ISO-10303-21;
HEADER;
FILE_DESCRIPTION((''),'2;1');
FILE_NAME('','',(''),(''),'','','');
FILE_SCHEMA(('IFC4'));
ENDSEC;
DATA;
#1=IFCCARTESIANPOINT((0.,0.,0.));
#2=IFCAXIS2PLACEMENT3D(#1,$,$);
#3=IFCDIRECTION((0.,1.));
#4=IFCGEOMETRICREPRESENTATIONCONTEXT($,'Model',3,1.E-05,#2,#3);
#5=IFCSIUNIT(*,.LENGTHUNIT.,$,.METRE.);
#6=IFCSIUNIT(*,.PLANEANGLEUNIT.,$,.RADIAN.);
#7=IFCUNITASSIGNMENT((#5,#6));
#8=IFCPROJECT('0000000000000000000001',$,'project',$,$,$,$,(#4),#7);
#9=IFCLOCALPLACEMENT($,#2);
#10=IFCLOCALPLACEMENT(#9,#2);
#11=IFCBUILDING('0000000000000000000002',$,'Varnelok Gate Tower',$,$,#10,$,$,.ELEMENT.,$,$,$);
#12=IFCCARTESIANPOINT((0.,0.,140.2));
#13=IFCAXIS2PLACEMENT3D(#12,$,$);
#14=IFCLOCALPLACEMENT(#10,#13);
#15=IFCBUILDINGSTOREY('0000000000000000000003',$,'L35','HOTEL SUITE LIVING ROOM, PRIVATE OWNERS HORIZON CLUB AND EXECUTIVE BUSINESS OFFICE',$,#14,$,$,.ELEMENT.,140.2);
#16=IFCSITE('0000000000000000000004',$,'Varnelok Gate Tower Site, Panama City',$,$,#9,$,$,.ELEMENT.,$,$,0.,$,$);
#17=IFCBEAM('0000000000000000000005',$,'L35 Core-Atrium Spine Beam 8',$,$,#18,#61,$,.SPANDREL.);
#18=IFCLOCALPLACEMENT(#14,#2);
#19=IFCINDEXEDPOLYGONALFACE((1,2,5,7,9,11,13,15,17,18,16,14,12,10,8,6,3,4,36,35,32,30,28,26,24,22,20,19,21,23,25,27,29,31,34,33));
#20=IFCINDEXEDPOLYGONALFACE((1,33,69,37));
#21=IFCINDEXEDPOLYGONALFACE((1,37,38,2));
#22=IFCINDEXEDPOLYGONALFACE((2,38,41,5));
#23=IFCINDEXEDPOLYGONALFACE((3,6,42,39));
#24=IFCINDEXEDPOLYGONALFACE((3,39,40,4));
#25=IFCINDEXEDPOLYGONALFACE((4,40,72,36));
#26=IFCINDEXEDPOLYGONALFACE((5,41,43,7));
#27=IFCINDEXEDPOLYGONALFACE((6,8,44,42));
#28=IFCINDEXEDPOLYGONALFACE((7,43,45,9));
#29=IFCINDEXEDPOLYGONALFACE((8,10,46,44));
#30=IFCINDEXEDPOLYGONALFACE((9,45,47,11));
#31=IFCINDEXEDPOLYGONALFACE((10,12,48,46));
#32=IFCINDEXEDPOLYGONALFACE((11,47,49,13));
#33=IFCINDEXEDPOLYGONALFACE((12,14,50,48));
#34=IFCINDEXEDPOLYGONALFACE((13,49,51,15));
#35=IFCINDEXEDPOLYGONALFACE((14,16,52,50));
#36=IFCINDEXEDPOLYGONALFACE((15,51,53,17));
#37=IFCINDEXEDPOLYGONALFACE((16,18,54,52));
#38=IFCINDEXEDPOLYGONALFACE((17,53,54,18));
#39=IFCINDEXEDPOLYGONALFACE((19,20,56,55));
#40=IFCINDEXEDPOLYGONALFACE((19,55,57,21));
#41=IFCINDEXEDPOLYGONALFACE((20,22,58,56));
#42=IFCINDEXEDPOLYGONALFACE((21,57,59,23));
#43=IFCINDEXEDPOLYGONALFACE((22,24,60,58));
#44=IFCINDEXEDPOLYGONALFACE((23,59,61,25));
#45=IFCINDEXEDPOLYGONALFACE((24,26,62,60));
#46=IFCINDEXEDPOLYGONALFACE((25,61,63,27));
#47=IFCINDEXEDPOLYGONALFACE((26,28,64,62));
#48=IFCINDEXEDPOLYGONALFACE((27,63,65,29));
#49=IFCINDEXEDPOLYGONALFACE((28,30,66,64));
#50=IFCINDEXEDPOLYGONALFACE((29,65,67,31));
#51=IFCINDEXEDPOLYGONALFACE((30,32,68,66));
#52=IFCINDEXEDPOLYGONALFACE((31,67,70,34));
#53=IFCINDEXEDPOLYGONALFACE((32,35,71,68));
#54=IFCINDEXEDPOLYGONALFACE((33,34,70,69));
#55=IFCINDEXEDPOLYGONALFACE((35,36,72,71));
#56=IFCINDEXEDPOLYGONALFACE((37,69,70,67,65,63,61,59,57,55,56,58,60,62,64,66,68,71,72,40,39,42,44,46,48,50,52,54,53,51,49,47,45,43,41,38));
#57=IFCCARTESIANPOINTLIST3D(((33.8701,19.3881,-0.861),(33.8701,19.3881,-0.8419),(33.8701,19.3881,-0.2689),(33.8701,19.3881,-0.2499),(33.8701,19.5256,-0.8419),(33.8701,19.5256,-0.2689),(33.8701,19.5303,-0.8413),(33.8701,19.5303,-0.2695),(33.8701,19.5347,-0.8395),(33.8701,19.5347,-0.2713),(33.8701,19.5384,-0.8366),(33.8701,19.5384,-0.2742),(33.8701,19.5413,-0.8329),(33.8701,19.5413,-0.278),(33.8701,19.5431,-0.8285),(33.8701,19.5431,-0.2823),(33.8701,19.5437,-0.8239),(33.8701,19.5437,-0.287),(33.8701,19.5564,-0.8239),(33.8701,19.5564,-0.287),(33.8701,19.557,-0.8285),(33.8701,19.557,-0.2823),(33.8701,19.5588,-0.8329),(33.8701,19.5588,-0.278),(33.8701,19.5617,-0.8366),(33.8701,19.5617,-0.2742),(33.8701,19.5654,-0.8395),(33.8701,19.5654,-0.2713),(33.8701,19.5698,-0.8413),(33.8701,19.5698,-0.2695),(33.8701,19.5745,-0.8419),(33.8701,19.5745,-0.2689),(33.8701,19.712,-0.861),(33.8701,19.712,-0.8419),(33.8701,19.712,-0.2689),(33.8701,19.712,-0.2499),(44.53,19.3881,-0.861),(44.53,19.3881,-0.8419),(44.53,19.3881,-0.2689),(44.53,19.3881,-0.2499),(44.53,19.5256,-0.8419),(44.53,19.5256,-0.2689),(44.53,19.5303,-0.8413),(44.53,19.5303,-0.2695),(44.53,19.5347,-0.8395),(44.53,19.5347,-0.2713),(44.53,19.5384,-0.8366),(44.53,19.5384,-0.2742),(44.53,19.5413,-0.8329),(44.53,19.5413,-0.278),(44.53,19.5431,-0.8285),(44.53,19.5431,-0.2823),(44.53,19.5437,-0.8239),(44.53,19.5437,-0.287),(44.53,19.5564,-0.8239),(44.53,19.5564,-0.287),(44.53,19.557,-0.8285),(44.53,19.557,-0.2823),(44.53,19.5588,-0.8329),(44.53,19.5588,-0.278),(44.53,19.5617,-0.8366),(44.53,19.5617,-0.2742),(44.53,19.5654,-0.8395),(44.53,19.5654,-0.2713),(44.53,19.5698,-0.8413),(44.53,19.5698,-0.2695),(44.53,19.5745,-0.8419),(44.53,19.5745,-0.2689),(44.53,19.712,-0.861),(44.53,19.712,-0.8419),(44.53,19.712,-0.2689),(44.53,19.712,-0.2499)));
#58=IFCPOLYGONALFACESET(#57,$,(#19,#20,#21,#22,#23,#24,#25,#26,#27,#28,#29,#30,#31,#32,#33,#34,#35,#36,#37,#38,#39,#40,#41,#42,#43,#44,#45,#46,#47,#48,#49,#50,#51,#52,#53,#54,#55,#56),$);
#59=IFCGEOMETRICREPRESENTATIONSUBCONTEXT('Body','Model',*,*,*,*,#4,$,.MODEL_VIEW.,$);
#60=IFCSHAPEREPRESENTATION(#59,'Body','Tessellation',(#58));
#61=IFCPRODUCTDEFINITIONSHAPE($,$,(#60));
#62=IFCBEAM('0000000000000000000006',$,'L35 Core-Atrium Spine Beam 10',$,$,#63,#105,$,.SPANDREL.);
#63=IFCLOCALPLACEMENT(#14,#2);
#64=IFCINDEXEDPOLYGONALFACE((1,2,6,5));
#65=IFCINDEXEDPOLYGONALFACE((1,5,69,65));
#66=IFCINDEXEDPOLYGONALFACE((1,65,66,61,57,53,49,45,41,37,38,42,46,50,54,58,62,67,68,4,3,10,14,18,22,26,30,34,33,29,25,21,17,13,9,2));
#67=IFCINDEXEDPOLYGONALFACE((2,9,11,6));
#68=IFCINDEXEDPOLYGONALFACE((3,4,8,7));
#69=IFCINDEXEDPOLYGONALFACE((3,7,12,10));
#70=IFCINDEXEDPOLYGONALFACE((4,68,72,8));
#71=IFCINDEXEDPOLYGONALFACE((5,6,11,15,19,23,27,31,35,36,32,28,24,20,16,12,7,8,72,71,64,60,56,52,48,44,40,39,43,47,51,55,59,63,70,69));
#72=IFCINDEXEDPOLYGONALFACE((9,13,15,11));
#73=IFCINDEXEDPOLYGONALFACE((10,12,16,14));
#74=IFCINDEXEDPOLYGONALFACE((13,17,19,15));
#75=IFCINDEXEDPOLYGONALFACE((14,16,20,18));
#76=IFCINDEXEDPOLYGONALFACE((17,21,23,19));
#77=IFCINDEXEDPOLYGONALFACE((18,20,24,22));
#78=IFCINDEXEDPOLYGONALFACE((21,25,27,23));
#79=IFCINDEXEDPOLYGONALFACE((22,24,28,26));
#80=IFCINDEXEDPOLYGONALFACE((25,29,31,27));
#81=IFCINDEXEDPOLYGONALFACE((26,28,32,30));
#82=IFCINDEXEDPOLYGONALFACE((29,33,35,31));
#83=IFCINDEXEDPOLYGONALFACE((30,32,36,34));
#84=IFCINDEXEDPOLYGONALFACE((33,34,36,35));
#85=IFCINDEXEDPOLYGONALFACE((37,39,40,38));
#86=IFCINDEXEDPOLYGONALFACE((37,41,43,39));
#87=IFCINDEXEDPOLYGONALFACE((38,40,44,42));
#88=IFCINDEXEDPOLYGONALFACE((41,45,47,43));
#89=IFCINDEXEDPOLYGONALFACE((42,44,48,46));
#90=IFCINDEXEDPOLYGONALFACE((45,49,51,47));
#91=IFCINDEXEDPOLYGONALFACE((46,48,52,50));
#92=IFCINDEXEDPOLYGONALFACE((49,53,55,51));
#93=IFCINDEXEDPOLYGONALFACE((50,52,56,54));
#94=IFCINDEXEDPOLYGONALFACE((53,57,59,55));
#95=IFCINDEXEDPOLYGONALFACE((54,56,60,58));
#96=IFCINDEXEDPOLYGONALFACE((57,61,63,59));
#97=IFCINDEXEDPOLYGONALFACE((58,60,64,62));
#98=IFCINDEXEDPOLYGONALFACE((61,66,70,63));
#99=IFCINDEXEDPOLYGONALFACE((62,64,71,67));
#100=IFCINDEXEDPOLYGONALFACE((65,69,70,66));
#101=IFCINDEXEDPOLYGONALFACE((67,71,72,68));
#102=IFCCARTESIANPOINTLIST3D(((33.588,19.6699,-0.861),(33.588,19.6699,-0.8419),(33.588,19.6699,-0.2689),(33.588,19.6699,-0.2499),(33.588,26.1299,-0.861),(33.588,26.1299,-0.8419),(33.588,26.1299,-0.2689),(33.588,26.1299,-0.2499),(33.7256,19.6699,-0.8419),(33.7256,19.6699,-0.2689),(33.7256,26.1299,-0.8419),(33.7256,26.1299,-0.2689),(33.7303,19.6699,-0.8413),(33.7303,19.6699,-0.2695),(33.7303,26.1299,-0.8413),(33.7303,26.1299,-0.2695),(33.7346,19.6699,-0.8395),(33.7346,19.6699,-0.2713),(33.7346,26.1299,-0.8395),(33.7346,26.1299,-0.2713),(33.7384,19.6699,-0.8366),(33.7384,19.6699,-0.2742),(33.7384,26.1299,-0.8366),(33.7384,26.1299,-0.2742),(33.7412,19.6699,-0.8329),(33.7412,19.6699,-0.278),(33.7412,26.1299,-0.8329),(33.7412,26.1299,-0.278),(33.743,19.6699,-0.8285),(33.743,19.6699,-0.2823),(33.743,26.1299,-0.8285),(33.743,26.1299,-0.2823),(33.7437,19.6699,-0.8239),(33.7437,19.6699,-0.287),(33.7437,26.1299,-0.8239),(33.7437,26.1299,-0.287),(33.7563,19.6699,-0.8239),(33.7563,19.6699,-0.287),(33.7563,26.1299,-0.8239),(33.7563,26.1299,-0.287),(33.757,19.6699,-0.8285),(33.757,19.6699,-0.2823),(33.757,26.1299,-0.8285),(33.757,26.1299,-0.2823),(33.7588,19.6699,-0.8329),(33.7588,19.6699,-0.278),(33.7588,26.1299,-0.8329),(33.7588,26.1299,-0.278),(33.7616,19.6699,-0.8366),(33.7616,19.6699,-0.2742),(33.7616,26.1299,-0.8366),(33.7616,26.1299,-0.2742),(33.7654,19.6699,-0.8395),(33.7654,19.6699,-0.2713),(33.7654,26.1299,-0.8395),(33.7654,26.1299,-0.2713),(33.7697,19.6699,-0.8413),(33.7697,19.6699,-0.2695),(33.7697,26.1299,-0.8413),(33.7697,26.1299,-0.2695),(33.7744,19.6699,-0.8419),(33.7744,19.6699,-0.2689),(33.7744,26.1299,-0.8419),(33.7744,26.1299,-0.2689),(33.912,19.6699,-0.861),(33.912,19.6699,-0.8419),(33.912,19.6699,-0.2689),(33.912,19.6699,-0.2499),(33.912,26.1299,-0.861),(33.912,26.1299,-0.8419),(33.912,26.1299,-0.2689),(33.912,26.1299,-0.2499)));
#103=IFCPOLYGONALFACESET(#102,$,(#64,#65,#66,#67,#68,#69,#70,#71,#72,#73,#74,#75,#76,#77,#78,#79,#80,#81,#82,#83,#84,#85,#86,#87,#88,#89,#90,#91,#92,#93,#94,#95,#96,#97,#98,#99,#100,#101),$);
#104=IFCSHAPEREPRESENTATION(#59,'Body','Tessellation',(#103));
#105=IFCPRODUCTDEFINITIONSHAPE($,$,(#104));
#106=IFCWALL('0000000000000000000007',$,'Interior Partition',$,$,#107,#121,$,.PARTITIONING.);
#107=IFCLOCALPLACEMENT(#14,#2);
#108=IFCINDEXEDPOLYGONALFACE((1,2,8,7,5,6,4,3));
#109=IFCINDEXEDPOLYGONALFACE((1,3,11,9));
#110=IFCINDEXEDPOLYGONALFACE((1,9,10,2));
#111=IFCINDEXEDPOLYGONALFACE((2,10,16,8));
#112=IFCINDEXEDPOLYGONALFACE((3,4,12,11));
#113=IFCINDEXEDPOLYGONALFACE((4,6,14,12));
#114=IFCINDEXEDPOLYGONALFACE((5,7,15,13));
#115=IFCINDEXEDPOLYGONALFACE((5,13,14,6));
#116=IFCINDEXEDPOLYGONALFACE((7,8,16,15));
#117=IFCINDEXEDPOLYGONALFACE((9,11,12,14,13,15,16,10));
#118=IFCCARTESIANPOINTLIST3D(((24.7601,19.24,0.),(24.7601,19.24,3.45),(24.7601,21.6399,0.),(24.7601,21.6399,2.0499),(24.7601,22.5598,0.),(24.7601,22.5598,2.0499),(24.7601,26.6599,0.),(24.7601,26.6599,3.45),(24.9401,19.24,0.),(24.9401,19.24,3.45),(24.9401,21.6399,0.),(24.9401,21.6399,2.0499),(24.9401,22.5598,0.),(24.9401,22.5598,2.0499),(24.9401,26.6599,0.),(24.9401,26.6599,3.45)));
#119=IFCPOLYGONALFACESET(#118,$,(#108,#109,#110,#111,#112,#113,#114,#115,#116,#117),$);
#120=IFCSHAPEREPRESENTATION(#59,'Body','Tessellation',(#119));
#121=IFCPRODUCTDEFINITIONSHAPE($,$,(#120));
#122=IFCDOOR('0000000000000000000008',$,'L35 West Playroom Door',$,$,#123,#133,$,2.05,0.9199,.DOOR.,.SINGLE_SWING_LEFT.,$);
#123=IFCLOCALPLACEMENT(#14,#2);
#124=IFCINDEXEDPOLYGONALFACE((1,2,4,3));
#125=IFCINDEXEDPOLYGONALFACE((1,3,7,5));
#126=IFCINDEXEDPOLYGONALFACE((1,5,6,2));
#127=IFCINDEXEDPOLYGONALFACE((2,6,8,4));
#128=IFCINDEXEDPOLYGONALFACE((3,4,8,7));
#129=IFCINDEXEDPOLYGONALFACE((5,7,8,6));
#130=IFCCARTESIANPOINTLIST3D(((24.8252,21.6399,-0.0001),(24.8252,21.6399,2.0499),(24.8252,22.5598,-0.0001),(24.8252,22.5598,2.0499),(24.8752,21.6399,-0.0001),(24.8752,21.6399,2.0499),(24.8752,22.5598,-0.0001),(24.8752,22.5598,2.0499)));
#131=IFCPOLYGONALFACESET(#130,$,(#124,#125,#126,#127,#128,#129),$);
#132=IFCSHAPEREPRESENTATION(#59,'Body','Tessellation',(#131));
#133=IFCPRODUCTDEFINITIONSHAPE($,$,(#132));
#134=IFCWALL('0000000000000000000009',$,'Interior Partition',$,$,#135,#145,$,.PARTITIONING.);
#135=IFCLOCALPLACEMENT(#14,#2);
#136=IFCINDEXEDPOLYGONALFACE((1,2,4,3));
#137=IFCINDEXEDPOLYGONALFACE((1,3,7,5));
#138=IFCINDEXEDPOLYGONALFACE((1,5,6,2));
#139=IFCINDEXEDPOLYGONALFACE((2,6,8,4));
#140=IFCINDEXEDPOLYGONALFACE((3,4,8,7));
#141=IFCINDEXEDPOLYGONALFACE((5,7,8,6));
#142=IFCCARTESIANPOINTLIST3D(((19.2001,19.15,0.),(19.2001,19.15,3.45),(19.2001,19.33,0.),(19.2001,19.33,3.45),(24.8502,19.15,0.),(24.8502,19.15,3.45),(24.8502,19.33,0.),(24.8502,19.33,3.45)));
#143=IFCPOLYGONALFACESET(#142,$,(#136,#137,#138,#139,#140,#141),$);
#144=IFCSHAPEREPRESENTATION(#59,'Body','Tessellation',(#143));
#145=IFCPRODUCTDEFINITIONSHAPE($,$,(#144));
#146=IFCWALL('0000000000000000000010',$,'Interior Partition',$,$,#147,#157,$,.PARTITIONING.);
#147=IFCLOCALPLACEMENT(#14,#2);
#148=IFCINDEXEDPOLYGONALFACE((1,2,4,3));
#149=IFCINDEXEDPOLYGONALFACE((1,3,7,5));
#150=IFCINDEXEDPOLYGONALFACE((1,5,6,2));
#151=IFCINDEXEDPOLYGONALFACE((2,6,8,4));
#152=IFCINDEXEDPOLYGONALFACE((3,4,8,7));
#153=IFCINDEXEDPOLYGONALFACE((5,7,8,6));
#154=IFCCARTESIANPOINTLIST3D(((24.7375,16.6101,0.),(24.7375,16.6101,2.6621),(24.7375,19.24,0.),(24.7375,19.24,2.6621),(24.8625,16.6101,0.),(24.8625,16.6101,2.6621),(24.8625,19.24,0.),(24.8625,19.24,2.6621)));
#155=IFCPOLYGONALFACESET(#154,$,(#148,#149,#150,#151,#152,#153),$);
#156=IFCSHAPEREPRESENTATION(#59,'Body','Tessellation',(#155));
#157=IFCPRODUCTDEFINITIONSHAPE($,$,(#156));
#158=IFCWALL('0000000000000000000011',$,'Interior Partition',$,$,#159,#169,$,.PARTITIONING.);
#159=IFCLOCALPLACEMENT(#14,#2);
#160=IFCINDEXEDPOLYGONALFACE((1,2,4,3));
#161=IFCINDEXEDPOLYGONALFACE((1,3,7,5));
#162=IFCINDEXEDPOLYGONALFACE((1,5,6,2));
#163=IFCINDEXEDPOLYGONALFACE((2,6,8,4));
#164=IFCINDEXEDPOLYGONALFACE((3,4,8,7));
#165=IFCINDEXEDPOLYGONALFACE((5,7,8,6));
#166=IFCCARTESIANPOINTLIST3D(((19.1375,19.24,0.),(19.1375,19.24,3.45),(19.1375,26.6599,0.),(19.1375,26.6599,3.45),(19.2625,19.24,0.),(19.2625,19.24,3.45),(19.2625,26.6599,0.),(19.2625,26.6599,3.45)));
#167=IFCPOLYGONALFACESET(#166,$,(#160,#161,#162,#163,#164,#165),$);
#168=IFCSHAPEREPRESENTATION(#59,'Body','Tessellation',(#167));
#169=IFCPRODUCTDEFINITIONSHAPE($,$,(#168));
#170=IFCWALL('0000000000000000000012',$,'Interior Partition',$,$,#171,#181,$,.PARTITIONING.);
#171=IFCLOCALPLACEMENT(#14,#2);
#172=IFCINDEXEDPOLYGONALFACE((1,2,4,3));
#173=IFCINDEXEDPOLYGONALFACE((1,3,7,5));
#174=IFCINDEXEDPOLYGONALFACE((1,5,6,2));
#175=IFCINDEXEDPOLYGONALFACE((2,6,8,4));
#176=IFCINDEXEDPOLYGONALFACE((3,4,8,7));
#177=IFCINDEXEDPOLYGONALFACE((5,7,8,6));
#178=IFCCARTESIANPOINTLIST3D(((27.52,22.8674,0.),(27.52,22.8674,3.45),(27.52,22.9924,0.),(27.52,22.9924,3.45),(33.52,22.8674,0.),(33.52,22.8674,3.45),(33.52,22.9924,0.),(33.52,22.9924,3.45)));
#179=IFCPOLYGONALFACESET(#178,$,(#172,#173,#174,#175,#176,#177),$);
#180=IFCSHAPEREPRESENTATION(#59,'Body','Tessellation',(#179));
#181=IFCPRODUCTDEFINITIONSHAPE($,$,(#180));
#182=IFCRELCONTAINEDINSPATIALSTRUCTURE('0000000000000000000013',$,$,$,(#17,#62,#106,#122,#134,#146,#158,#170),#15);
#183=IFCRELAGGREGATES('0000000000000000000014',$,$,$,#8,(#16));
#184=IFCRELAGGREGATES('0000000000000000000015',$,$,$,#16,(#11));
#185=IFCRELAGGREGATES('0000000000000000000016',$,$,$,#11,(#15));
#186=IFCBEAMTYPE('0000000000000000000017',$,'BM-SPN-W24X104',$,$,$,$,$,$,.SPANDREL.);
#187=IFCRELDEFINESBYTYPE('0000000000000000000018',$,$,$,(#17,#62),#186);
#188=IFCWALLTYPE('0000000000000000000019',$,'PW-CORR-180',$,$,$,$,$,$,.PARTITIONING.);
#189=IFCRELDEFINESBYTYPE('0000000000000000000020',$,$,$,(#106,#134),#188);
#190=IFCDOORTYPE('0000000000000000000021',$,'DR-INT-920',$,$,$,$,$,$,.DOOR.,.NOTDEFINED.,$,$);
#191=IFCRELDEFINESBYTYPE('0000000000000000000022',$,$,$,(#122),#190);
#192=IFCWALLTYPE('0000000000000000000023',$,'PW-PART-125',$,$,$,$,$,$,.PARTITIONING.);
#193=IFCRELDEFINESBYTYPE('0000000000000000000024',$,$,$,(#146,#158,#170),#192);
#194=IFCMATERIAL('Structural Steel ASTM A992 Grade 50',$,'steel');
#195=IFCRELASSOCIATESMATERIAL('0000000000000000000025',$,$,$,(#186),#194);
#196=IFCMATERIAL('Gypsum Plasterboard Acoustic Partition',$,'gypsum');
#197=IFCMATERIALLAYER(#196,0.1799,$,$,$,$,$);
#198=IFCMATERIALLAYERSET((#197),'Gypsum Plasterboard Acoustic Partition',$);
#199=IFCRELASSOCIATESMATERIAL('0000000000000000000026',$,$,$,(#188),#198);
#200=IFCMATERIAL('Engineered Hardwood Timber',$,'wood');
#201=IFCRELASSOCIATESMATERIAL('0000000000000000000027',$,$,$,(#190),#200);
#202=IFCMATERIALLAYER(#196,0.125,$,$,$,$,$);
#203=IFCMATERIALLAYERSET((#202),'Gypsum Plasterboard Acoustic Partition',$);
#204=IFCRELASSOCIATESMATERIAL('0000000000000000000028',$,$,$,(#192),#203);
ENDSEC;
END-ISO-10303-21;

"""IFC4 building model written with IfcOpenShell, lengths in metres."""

from ifc_helpers import new_model, si_unit, direction, frame, frame_2d, origin, origin_2d, place, context, subcontext, project, spatial, rectangle, i_section, extrude, material, layer, layer_set, material_profile, profile_set, type_object, element, fill, save


model = new_model("IFC4")

# Units and contexts
model_context = context("Model", 3, precision=1e-05, world=origin(), true_north=direction((0.0, 1.0)))
body_context = subcontext(model_context, "Body", "Model", "MODEL_VIEW")
ifc_project = project(units=[si_unit("LENGTHUNIT", "METRE"), si_unit("PLANEANGLEUNIT", "RADIAN")], contexts=[model_context])

# Site, building, storey
site_placement = place(None, origin())
site = spatial("IfcSite", under=ifc_project, at=site_placement, Name="Varnelok Gate Tower Site, Panama City", CompositionType="ELEMENT", RefElevation=0.0)
building_placement = place(site_placement, origin())
building = spatial("IfcBuilding", under=site, at=building_placement, Name="Varnelok Gate Tower", CompositionType="ELEMENT")
storey_placement = place(building_placement, frame((0.0, 0.0, 140.2)))
storey = spatial("IfcBuildingStorey", under=building, at=storey_placement, Name="L35", Description="HOTEL SUITE LIVING ROOM, PRIVATE OWNERS HORIZON CLUB AND EXECUTIVE BUSINESS OFFICE", CompositionType="ELEMENT", Elevation=140.2)

# Shared definitions
ifc_material_1 = material(Name="Structural Steel ASTM A992 Grade 50", Category="steel")

# Beams
ifc_material_profile_1 = material_profile(ifc_material_1, i_section(OverallWidth=0.324, OverallDepth=0.6111, WebThickness=0.0127, FlangeThickness=0.019, FilletRadius=0.0181, at=origin_2d()), Name="W24X104")
ifc_profile_set_1 = profile_set([ifc_material_profile_1], Name="Structural Steel ASTM A992 Grade 50")
beam_type_1 = type_object("IfcBeamType", Name="BM-SPN-W24X104", PredefinedType="SPANDREL", material=ifc_profile_set_1)
beam_1_placement = place(storey_placement, frame((33.8701, 19.55, -0.5554), z_axis=(1.0, 0.0, 0.0), x_axis=(0.0, 1.0, 0.0)))
element("IfcBeam", 1, at=beam_1_placement, inside=storey, type_object=beam_type_1, Name="L35 Core-Atrium Spine Beam 8", PredefinedType="SPANDREL", context=body_context, shape_type="SweptSolid", body=[
    extrude(i_section(OverallWidth=0.324, OverallDepth=0.6111, WebThickness=0.0127, FlangeThickness=0.019, FilletRadius=0.0181, at=origin_2d()), origin(), (0.0, 0.0, 1.0), 10.6599),
])
beam_2_placement = place(storey_placement, frame((33.75, 19.6699, -0.5554), z_axis=(0.0, 1.0, 0.0), x_axis=(-1.0, 0.0, 0.0)))
element("IfcBeam", 2, at=beam_2_placement, inside=storey, type_object=beam_type_1, Name="L35 Core-Atrium Spine Beam 10", PredefinedType="SPANDREL", context=body_context, shape_type="SweptSolid", body=[
    extrude(i_section(OverallWidth=0.324, OverallDepth=0.6111, WebThickness=0.0127, FlangeThickness=0.019, FilletRadius=0.0181, at=origin_2d()), origin(), (0.0, 0.0, 1.0), 6.46),
])

# Wall, opening, door
ifc_material_2 = material(Name="Gypsum Plasterboard Acoustic Partition", Category="gypsum")
ifc_layer_1 = layer(ifc_material_2, 0.1799)
ifc_layer_set_1 = layer_set([ifc_layer_1], Name="Gypsum Plasterboard Acoustic Partition")
wall_type_1 = type_object("IfcWallType", Name="PW-CORR-180", PredefinedType="PARTITIONING", material=ifc_layer_set_1)
wall_1_placement = place(storey_placement, frame((24.8501, 19.24, 0.0), z_axis=(0.0, 0.0, 1.0), x_axis=(0.0, 1.0, 0.0)))
wall_1 = element("IfcWall", 3, at=wall_1_placement, inside=storey, type_object=wall_type_1, Name="Interior Partition", PredefinedType="PARTITIONING", context=body_context, shape_type="SweptSolid", body=[
    extrude(rectangle(XDim=7.4199, YDim=0.1799, at=frame_2d((3.71, 0.0))), origin(), (0.0, 0.0, 1.0), 3.45),
])
opening_1_placement = place(wall_1_placement, frame((2.3999, 0.0, 0.0)))
opening_1 = element("IfcOpeningElement", 4, at=opening_1_placement, cuts=wall_1, PredefinedType="OPENING", context=body_context, shape_type="SweptSolid", body=[
    extrude(rectangle(XDim=0.9199, YDim=2.05, at=frame_2d((0.46, 1.0249))), frame((0.0, 0.0999, 0.0), z_axis=(0.0, -1.0, 0.0), x_axis=(1.0, 0.0, 0.0)), (0.0, 0.0, 1.0), 0.2),
])
ifc_material_3 = material(Name="Engineered Hardwood Timber", Category="wood")
door_type_1 = type_object("IfcDoorType", Name="DR-INT-920", OperationType="NOTDEFINED", PredefinedType="DOOR", material=ifc_material_3)
door_1_placement = place(opening_1_placement, origin())
door_1 = element("IfcDoor", 5, at=door_1_placement, inside=storey, type_object=door_type_1, Name="L35 West Playroom Door", OperationType="SINGLE_SWING_LEFT", OverallHeight=2.05, OverallWidth=0.9199, PredefinedType="DOOR", context=body_context, shape_type="SweptSolid", body=[
    extrude(rectangle(XDim=0.9199, YDim=2.05, at=frame_2d((0.46, 1.0249))), frame((0.0, 0.0249, 0.0), z_axis=(0.0, -1.0, 0.0), x_axis=(1.0, 0.0, 0.0)), (0.0, 0.0, 1.0), 0.05),
])
fill(opening_1, door_1)

# Walls
wall_2_placement = place(storey_placement, frame((19.2, 19.24, 0.0), z_axis=(0.0, 0.0, 1.0), x_axis=(1.0, 0.0, 0.0)))
element("IfcWall", 6, at=wall_2_placement, inside=storey, type_object=wall_type_1, Name="Interior Partition", PredefinedType="PARTITIONING", context=body_context, shape_type="SweptSolid", body=[
    extrude(rectangle(XDim=5.6501, YDim=0.1799, at=frame_2d((2.8252, 0.0))), origin(), (0.0, 0.0, 1.0), 3.45),
])
ifc_layer_2 = layer(ifc_material_2, 0.125)
ifc_layer_set_2 = layer_set([ifc_layer_2], Name="Gypsum Plasterboard Acoustic Partition")
wall_type_2 = type_object("IfcWallType", Name="PW-PART-125", PredefinedType="PARTITIONING", material=ifc_layer_set_2)
wall_3_placement = place(storey_placement, frame((24.8, 16.6101, 0.0), z_axis=(0.0, 0.0, 1.0), x_axis=(0.0, 1.0, 0.0)))
element("IfcWall", 7, at=wall_3_placement, inside=storey, type_object=wall_type_2, Name="Interior Partition", PredefinedType="PARTITIONING", context=body_context, shape_type="SweptSolid", body=[
    extrude(rectangle(XDim=2.6299, YDim=0.125, at=frame_2d((1.3149, 0.0))), origin(), (0.0, 0.0, 1.0), 2.6621),
])
wall_4_placement = place(storey_placement, frame((19.2, 19.24, 0.0), z_axis=(0.0, 0.0, 1.0), x_axis=(0.0, 1.0, 0.0)))
element("IfcWall", 8, at=wall_4_placement, inside=storey, type_object=wall_type_2, Name="Interior Partition", PredefinedType="PARTITIONING", context=body_context, shape_type="SweptSolid", body=[
    extrude(rectangle(XDim=7.4199, YDim=0.125, at=frame_2d((3.71, 0.0))), origin(), (0.0, 0.0, 1.0), 3.45),
])
wall_5_placement = place(storey_placement, frame((27.52, 22.9299, 0.0), z_axis=(0.0, 0.0, 1.0), x_axis=(1.0, 0.0, 0.0)))
element("IfcWall", 9, at=wall_5_placement, inside=storey, type_object=wall_type_2, Name="Interior Partition", PredefinedType="PARTITIONING", context=body_context, shape_type="SweptSolid", body=[
    extrude(rectangle(XDim=6.0, YDim=0.125, at=frame_2d((3.0, 0.0))), origin(), (0.0, 0.0, 1.0), 3.45),
])

save(model, "model.ifc")
